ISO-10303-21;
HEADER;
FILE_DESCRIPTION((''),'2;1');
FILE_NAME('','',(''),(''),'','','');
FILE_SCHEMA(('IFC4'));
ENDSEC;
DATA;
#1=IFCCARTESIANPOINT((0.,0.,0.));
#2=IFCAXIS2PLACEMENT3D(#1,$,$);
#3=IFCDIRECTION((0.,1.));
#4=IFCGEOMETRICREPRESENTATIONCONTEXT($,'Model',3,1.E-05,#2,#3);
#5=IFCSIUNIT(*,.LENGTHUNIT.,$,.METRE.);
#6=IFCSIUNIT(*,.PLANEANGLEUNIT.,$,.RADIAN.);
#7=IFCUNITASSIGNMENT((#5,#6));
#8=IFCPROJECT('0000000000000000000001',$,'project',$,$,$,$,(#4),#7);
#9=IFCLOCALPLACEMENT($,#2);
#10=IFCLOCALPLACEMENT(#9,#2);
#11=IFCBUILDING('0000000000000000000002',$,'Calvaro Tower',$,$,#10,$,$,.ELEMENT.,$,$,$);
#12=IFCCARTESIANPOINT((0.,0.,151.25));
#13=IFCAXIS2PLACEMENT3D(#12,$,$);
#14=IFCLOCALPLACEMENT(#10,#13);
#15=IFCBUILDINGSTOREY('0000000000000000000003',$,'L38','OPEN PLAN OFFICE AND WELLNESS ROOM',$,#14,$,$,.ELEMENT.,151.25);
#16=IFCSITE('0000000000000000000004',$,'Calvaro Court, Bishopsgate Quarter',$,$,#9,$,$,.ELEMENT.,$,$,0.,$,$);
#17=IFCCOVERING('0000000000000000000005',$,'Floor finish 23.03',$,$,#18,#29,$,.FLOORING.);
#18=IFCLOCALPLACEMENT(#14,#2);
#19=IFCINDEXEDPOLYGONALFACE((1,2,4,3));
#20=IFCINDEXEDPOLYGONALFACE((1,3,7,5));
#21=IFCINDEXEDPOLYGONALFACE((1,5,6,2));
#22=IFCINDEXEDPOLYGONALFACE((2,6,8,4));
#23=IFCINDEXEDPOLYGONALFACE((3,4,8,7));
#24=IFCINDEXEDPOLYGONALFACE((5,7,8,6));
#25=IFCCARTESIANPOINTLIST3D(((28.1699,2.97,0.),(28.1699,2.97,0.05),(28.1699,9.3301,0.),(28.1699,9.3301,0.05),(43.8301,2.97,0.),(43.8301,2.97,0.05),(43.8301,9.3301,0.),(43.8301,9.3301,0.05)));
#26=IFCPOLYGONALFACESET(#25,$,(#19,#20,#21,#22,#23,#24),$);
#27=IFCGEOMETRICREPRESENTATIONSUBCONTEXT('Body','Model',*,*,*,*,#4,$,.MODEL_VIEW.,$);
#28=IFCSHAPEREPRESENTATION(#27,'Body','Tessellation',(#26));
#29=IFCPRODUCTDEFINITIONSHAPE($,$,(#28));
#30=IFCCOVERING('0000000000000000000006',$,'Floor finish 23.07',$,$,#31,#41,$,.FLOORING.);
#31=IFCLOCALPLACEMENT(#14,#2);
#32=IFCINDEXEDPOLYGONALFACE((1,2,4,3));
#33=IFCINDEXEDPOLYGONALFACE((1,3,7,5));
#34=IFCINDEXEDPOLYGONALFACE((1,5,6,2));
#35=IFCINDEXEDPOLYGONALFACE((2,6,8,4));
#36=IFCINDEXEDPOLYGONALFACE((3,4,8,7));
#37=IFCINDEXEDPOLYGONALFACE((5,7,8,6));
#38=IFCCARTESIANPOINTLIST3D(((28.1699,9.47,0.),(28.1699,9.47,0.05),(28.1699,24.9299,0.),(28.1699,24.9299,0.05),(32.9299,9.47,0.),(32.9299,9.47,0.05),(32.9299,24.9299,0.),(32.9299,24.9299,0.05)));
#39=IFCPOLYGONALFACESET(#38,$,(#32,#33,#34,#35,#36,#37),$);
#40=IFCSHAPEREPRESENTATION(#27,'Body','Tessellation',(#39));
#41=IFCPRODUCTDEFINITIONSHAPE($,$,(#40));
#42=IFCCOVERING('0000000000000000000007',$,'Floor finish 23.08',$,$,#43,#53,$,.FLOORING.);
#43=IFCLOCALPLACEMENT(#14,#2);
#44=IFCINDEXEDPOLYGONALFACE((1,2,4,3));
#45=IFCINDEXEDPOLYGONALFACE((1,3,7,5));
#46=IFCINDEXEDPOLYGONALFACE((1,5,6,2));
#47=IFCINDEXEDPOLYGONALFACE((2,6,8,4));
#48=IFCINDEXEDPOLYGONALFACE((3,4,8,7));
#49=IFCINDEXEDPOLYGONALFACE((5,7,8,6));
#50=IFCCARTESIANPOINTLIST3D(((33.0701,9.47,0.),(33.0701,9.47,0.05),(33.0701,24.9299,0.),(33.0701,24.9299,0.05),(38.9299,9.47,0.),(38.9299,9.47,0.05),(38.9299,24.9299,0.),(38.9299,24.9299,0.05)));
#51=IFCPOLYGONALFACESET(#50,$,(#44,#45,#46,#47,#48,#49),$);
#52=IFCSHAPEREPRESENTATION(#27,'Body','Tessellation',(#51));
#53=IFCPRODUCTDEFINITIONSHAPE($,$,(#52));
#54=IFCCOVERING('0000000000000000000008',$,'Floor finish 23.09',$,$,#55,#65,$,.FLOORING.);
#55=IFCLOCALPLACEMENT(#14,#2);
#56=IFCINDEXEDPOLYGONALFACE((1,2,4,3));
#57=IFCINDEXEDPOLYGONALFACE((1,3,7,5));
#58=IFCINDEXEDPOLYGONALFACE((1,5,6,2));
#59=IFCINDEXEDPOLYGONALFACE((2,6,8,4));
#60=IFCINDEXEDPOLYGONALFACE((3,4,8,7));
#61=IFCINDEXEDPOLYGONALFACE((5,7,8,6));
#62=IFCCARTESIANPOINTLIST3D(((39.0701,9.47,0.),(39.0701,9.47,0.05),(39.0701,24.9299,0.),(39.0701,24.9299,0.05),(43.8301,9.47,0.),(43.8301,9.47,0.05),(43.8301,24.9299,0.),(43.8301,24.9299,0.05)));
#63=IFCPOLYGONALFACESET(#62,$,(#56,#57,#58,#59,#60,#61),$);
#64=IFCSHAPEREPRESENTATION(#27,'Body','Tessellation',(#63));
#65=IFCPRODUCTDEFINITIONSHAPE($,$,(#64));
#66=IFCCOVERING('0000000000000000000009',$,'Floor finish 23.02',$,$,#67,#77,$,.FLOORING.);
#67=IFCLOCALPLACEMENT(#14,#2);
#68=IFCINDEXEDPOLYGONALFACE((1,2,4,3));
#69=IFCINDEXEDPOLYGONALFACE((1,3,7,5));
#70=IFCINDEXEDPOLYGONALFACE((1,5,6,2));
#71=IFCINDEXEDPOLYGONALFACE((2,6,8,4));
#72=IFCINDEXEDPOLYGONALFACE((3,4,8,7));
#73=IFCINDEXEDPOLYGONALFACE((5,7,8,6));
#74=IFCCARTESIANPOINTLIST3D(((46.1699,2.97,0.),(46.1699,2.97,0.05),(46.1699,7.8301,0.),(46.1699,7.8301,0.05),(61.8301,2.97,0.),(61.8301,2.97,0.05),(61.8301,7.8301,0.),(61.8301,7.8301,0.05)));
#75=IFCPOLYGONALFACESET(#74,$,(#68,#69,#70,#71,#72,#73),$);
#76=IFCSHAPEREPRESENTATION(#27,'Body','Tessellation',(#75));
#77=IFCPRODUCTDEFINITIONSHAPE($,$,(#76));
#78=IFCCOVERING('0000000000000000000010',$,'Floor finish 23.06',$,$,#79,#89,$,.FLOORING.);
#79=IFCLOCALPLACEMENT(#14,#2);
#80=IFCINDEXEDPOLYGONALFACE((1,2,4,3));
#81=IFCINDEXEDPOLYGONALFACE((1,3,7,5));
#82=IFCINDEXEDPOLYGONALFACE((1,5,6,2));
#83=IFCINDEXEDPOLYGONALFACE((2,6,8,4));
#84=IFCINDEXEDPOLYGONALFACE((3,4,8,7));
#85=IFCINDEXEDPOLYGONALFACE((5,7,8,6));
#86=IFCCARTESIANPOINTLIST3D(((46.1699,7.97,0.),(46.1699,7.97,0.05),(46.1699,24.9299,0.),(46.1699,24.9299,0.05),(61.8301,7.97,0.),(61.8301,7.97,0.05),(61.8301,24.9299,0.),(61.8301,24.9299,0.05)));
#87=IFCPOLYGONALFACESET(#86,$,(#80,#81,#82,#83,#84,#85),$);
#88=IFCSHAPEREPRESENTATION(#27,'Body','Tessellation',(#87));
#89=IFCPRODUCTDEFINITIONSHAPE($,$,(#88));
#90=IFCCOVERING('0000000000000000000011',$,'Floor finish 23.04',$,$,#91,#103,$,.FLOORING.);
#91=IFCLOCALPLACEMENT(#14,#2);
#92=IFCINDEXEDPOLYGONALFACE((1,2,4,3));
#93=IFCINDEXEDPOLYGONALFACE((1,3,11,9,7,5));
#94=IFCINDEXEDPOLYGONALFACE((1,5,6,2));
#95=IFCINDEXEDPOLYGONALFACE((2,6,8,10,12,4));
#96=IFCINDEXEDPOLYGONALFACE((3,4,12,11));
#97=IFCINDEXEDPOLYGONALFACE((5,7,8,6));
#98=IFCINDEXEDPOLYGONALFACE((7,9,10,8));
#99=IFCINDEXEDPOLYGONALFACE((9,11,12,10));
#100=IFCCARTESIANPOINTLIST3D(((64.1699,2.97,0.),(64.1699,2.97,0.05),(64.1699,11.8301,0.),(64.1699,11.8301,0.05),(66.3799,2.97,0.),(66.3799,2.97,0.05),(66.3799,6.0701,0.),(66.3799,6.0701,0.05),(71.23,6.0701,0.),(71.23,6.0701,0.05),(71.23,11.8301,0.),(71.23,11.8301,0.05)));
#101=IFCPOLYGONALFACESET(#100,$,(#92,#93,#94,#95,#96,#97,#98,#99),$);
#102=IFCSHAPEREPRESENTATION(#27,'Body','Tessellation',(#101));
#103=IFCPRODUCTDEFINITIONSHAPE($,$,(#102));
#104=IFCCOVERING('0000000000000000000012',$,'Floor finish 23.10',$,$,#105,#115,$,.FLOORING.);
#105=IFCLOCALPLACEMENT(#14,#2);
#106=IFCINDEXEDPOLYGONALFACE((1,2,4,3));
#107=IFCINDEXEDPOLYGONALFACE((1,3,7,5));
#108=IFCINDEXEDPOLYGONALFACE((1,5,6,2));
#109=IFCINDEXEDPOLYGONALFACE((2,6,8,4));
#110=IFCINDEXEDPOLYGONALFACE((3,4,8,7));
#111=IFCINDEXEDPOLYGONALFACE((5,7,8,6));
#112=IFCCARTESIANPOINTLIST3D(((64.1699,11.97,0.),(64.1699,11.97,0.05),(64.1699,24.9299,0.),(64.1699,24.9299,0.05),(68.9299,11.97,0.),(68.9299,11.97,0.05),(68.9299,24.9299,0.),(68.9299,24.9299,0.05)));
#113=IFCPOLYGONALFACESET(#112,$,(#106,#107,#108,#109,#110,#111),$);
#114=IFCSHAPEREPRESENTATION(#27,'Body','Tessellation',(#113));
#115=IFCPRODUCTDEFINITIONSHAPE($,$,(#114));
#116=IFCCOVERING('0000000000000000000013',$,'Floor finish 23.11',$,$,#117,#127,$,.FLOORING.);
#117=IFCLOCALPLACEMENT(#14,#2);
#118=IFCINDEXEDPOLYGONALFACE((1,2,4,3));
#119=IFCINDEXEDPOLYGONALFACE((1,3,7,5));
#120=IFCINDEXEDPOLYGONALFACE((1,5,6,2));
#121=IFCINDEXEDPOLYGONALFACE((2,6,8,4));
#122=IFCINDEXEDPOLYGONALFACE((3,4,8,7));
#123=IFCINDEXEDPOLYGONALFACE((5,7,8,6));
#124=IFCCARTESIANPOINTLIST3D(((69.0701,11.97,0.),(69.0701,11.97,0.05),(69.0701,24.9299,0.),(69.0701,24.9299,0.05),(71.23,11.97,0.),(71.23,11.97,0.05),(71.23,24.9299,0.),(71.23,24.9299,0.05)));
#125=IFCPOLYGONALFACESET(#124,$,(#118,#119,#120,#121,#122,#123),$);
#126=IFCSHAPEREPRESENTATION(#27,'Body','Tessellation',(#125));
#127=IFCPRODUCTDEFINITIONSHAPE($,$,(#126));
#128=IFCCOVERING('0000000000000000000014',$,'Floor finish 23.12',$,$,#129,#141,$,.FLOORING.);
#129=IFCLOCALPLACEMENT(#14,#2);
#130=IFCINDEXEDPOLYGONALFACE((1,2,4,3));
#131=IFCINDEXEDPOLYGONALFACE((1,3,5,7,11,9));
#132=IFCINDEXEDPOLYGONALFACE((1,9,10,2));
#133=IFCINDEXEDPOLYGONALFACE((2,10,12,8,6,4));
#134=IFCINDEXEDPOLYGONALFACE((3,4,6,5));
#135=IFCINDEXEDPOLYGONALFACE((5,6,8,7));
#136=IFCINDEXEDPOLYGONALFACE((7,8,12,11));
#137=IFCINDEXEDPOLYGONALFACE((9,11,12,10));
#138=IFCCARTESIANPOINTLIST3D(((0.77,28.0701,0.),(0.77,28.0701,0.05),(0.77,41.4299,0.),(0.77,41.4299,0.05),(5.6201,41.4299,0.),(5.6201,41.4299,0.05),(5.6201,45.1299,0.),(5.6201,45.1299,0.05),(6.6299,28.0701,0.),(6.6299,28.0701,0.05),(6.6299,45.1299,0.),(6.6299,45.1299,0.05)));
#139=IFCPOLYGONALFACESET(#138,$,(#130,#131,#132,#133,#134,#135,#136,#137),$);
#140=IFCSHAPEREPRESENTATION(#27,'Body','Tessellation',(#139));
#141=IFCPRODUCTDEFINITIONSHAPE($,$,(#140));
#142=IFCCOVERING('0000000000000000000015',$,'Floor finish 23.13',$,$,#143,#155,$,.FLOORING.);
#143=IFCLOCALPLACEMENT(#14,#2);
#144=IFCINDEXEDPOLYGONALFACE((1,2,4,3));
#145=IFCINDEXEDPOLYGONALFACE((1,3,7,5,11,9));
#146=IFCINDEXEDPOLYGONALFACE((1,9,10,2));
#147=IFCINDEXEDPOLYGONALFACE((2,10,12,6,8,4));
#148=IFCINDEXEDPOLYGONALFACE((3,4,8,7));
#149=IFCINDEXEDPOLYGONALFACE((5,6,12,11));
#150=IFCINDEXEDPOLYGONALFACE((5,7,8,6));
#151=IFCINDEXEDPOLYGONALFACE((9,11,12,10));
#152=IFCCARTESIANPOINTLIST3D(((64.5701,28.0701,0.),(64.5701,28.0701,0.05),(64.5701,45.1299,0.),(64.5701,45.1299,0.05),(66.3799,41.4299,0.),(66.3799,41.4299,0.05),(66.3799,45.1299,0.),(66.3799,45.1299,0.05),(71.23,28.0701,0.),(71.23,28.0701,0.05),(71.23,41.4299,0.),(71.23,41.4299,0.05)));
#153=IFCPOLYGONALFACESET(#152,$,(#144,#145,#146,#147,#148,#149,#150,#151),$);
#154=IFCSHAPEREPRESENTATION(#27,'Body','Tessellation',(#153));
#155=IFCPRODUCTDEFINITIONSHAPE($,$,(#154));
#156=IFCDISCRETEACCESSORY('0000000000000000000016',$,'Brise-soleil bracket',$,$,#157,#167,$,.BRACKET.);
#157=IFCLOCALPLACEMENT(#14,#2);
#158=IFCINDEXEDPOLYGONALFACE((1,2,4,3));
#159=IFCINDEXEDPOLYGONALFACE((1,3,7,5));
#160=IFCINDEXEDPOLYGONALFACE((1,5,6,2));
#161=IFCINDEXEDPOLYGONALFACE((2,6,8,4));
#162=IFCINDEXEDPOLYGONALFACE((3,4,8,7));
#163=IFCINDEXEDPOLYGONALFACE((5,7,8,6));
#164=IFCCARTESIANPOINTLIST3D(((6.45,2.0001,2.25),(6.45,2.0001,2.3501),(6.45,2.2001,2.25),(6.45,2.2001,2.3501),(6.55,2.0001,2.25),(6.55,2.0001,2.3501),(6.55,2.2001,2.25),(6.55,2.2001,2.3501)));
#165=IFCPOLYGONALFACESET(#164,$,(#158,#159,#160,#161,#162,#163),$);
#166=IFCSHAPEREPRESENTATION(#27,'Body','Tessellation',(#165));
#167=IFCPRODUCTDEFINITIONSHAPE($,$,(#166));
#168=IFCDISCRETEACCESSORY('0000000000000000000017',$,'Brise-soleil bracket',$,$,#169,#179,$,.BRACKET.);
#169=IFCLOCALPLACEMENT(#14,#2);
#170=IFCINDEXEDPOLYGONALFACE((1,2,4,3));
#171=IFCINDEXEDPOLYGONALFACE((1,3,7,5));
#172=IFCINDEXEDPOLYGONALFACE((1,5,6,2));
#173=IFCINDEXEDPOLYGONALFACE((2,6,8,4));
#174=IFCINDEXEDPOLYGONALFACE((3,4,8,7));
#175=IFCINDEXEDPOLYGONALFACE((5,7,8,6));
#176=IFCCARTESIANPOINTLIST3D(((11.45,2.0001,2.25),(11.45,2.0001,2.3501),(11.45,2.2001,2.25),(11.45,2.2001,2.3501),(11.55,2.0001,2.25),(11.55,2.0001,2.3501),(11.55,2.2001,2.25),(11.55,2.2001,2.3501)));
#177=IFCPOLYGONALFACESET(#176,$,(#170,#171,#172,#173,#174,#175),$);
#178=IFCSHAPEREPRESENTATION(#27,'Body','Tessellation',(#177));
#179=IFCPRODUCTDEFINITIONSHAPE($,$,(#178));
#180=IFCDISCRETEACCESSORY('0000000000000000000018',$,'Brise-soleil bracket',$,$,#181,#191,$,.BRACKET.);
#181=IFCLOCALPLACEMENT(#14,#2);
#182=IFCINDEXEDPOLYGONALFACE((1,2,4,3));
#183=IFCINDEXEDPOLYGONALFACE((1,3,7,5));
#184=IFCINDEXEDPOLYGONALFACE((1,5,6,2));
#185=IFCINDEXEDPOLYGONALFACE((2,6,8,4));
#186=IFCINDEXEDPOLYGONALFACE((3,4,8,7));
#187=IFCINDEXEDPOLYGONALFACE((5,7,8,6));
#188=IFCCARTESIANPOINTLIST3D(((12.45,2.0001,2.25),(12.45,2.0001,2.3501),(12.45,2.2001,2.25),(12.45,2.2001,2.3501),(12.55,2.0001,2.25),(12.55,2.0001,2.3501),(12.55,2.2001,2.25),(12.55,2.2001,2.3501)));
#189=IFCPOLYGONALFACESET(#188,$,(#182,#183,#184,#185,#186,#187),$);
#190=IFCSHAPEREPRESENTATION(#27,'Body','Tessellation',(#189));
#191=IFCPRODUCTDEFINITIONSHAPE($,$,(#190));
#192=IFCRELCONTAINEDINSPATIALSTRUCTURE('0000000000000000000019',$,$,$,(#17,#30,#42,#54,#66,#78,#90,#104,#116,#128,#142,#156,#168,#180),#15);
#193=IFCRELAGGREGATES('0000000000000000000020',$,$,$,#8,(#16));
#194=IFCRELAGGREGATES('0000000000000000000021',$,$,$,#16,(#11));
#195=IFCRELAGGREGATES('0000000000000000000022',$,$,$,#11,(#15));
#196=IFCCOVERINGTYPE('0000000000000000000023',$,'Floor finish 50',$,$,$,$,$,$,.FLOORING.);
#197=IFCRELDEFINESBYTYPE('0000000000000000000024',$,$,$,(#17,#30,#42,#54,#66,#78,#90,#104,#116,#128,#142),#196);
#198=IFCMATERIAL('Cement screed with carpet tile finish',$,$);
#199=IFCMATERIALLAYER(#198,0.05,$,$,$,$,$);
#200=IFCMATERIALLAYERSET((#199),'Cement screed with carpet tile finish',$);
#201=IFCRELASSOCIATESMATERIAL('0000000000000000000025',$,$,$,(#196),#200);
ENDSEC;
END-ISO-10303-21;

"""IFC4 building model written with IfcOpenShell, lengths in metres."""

from ifc_helpers import new_model, si_unit, direction, frame, origin, origin_2d, place, context, subcontext, project, spatial, polyline, rectangle, outline, extrude, material, layer, layer_set, type_object, element, save


model = new_model("IFC4")

# Units and contexts
model_context = context("Model", 3, precision=1e-05, world=origin(), true_north=direction((0.0, 1.0)))
body_context = subcontext(model_context, "Body", "Model", "MODEL_VIEW")
ifc_project = project(units=[si_unit("LENGTHUNIT", "METRE"), si_unit("PLANEANGLEUNIT", "RADIAN")], contexts=[model_context])

# Site, building, storey
site_placement = place(None, origin())
site = spatial("IfcSite", under=ifc_project, at=site_placement, Name="Calvaro Court, Bishopsgate Quarter", CompositionType="ELEMENT", RefElevation=0.0)
building_placement = place(site_placement, origin())
building = spatial("IfcBuilding", under=site, at=building_placement, Name="Calvaro Tower", CompositionType="ELEMENT")
storey_placement = place(building_placement, frame((0.0, 0.0, 151.25)))
storey = spatial("IfcBuildingStorey", under=building, at=storey_placement, Name="L38", Description="OPEN PLAN OFFICE AND WELLNESS ROOM", CompositionType="ELEMENT", Elevation=151.25)

# Coverings
ifc_material_1 = material(Name="Cement screed with carpet tile finish")
ifc_layer_1 = layer(ifc_material_1, 0.05)
ifc_layer_set_1 = layer_set([ifc_layer_1], Name="Cement screed with carpet tile finish")
covering_type = type_object("IfcCoveringType", Name="Floor finish 50", PredefinedType="FLOORING", material=ifc_layer_set_1)
covering_1_placement = place(storey_placement, origin())
element("IfcCovering", 1, at=covering_1_placement, inside=storey, type_object=covering_type, Name="Floor finish 23.03", PredefinedType="FLOORING", context=body_context, shape_type="SweptSolid", body=[
    extrude(outline(polyline([(28.1699, 9.3301), (43.8301, 9.3301), (43.8301, 2.97), (28.1699, 2.97), (28.1699, 9.3301)])), origin(), (0.0, 0.0, 1.0), 0.05),
])
covering_2_placement = place(storey_placement, origin())
element("IfcCovering", 2, at=covering_2_placement, inside=storey, type_object=covering_type, Name="Floor finish 23.07", PredefinedType="FLOORING", context=body_context, shape_type="SweptSolid", body=[
    extrude(outline(polyline([(28.1699, 9.47), (28.1699, 24.9299), (32.9299, 24.9299), (32.9299, 9.47), (28.1699, 9.47)])), origin(), (0.0, 0.0, 1.0), 0.05),
])
covering_3_placement = place(storey_placement, origin())
element("IfcCovering", 3, at=covering_3_placement, inside=storey, type_object=covering_type, Name="Floor finish 23.08", PredefinedType="FLOORING", context=body_context, shape_type="SweptSolid", body=[
    extrude(outline(polyline([(33.0701, 9.47), (33.0701, 24.9299), (38.9299, 24.9299), (38.9299, 9.47), (33.0701, 9.47)])), origin(), (0.0, 0.0, 1.0), 0.05),
])
covering_4_placement = place(storey_placement, origin())
element("IfcCovering", 4, at=covering_4_placement, inside=storey, type_object=covering_type, Name="Floor finish 23.09", PredefinedType="FLOORING", context=body_context, shape_type="SweptSolid", body=[
    extrude(outline(polyline([(39.0701, 9.47), (39.0701, 24.9299), (43.8301, 24.9299), (43.8301, 9.47), (39.0701, 9.47)])), origin(), (0.0, 0.0, 1.0), 0.05),
])
covering_5_placement = place(storey_placement, origin())
element("IfcCovering", 5, at=covering_5_placement, inside=storey, type_object=covering_type, Name="Floor finish 23.02", PredefinedType="FLOORING", context=body_context, shape_type="SweptSolid", body=[
    extrude(outline(polyline([(46.1699, 7.8301), (61.8301, 7.8301), (61.8301, 2.97), (46.1699, 2.97), (46.1699, 7.8301)])), origin(), (0.0, 0.0, 1.0), 0.05),
])
covering_6_placement = place(storey_placement, origin())
element("IfcCovering", 6, at=covering_6_placement, inside=storey, type_object=covering_type, Name="Floor finish 23.06", PredefinedType="FLOORING", context=body_context, shape_type="SweptSolid", body=[
    extrude(outline(polyline([(46.1699, 7.97), (46.1699, 24.9299), (61.8301, 24.9299), (61.8301, 7.97), (46.1699, 7.97)])), origin(), (0.0, 0.0, 1.0), 0.05),
])
covering_7_placement = place(storey_placement, origin())
element("IfcCovering", 7, at=covering_7_placement, inside=storey, type_object=covering_type, Name="Floor finish 23.04", PredefinedType="FLOORING", context=body_context, shape_type="SweptSolid", body=[
    extrude(outline(polyline([(71.23, 6.0701), (66.3799, 6.0701), (66.3799, 2.97), (64.1699, 2.97), (64.1699, 11.8301), (71.23, 11.8301), (71.23, 6.0701)])), origin(), (0.0, 0.0, 1.0), 0.05),
])
covering_8_placement = place(storey_placement, origin())
element("IfcCovering", 8, at=covering_8_placement, inside=storey, type_object=covering_type, Name="Floor finish 23.10", PredefinedType="FLOORING", context=body_context, shape_type="SweptSolid", body=[
    extrude(outline(polyline([(64.1699, 11.97), (64.1699, 24.9299), (68.9299, 24.9299), (68.9299, 11.97), (64.1699, 11.97)])), origin(), (0.0, 0.0, 1.0), 0.05),
])
covering_9_placement = place(storey_placement, origin())
element("IfcCovering", 9, at=covering_9_placement, inside=storey, type_object=covering_type, Name="Floor finish 23.11", PredefinedType="FLOORING", context=body_context, shape_type="SweptSolid", body=[
    extrude(outline(polyline([(71.23, 11.97), (69.0701, 11.97), (69.0701, 24.9299), (71.23, 24.9299), (71.23, 11.97)])), origin(), (0.0, 0.0, 1.0), 0.05),
])
covering_10_placement = place(storey_placement, origin())
element("IfcCovering", 10, at=covering_10_placement, inside=storey, type_object=covering_type, Name="Floor finish 23.12", PredefinedType="FLOORING", context=body_context, shape_type="SweptSolid", body=[
    extrude(outline(polyline([(6.6299, 28.0701), (0.77, 28.0701), (0.77, 41.4299), (5.6201, 41.4299), (5.6201, 45.1299), (6.6299, 45.1299), (6.6299, 28.0701)])), origin(), (0.0, 0.0, 1.0), 0.05),
])
covering_11_placement = place(storey_placement, origin())
element("IfcCovering", 11, at=covering_11_placement, inside=storey, type_object=covering_type, Name="Floor finish 23.13", PredefinedType="FLOORING", context=body_context, shape_type="SweptSolid", body=[
    extrude(outline(polyline([(71.23, 28.0701), (64.5701, 28.0701), (64.5701, 45.1299), (66.3799, 45.1299), (66.3799, 41.4299), (71.23, 41.4299), (71.23, 28.0701)])), origin(), (0.0, 0.0, 1.0), 0.05),
])

# Discrete accessories
for number, where, z_axis, x_axis, name in (
    (12, (6.5, 2.1001, 2.25), (0.0, 0.0, 1.0), (1.0, 0.0, 0.0), "Brise-soleil bracket"),
    (13, (11.5, 2.1001, 2.25), (0.0, 0.0, 1.0), (1.0, 0.0, 0.0), "Brise-soleil bracket"),
    (14, (12.5, 2.1001, 2.25), (0.0, 0.0, 1.0), (1.0, 0.0, 0.0), "Brise-soleil bracket"),
):
    element("IfcDiscreteAccessory", number, at=place(storey_placement, frame(where, z_axis=z_axis, x_axis=x_axis)), inside=storey, Name=name, PredefinedType="BRACKET", context=body_context, shape_type="SweptSolid", body=[
        extrude(rectangle(XDim=0.1001, YDim=0.2, at=origin_2d()), origin(), (0.0, 0.0, 1.0), 0.1001),
    ])

save(model, "model.ifc")
